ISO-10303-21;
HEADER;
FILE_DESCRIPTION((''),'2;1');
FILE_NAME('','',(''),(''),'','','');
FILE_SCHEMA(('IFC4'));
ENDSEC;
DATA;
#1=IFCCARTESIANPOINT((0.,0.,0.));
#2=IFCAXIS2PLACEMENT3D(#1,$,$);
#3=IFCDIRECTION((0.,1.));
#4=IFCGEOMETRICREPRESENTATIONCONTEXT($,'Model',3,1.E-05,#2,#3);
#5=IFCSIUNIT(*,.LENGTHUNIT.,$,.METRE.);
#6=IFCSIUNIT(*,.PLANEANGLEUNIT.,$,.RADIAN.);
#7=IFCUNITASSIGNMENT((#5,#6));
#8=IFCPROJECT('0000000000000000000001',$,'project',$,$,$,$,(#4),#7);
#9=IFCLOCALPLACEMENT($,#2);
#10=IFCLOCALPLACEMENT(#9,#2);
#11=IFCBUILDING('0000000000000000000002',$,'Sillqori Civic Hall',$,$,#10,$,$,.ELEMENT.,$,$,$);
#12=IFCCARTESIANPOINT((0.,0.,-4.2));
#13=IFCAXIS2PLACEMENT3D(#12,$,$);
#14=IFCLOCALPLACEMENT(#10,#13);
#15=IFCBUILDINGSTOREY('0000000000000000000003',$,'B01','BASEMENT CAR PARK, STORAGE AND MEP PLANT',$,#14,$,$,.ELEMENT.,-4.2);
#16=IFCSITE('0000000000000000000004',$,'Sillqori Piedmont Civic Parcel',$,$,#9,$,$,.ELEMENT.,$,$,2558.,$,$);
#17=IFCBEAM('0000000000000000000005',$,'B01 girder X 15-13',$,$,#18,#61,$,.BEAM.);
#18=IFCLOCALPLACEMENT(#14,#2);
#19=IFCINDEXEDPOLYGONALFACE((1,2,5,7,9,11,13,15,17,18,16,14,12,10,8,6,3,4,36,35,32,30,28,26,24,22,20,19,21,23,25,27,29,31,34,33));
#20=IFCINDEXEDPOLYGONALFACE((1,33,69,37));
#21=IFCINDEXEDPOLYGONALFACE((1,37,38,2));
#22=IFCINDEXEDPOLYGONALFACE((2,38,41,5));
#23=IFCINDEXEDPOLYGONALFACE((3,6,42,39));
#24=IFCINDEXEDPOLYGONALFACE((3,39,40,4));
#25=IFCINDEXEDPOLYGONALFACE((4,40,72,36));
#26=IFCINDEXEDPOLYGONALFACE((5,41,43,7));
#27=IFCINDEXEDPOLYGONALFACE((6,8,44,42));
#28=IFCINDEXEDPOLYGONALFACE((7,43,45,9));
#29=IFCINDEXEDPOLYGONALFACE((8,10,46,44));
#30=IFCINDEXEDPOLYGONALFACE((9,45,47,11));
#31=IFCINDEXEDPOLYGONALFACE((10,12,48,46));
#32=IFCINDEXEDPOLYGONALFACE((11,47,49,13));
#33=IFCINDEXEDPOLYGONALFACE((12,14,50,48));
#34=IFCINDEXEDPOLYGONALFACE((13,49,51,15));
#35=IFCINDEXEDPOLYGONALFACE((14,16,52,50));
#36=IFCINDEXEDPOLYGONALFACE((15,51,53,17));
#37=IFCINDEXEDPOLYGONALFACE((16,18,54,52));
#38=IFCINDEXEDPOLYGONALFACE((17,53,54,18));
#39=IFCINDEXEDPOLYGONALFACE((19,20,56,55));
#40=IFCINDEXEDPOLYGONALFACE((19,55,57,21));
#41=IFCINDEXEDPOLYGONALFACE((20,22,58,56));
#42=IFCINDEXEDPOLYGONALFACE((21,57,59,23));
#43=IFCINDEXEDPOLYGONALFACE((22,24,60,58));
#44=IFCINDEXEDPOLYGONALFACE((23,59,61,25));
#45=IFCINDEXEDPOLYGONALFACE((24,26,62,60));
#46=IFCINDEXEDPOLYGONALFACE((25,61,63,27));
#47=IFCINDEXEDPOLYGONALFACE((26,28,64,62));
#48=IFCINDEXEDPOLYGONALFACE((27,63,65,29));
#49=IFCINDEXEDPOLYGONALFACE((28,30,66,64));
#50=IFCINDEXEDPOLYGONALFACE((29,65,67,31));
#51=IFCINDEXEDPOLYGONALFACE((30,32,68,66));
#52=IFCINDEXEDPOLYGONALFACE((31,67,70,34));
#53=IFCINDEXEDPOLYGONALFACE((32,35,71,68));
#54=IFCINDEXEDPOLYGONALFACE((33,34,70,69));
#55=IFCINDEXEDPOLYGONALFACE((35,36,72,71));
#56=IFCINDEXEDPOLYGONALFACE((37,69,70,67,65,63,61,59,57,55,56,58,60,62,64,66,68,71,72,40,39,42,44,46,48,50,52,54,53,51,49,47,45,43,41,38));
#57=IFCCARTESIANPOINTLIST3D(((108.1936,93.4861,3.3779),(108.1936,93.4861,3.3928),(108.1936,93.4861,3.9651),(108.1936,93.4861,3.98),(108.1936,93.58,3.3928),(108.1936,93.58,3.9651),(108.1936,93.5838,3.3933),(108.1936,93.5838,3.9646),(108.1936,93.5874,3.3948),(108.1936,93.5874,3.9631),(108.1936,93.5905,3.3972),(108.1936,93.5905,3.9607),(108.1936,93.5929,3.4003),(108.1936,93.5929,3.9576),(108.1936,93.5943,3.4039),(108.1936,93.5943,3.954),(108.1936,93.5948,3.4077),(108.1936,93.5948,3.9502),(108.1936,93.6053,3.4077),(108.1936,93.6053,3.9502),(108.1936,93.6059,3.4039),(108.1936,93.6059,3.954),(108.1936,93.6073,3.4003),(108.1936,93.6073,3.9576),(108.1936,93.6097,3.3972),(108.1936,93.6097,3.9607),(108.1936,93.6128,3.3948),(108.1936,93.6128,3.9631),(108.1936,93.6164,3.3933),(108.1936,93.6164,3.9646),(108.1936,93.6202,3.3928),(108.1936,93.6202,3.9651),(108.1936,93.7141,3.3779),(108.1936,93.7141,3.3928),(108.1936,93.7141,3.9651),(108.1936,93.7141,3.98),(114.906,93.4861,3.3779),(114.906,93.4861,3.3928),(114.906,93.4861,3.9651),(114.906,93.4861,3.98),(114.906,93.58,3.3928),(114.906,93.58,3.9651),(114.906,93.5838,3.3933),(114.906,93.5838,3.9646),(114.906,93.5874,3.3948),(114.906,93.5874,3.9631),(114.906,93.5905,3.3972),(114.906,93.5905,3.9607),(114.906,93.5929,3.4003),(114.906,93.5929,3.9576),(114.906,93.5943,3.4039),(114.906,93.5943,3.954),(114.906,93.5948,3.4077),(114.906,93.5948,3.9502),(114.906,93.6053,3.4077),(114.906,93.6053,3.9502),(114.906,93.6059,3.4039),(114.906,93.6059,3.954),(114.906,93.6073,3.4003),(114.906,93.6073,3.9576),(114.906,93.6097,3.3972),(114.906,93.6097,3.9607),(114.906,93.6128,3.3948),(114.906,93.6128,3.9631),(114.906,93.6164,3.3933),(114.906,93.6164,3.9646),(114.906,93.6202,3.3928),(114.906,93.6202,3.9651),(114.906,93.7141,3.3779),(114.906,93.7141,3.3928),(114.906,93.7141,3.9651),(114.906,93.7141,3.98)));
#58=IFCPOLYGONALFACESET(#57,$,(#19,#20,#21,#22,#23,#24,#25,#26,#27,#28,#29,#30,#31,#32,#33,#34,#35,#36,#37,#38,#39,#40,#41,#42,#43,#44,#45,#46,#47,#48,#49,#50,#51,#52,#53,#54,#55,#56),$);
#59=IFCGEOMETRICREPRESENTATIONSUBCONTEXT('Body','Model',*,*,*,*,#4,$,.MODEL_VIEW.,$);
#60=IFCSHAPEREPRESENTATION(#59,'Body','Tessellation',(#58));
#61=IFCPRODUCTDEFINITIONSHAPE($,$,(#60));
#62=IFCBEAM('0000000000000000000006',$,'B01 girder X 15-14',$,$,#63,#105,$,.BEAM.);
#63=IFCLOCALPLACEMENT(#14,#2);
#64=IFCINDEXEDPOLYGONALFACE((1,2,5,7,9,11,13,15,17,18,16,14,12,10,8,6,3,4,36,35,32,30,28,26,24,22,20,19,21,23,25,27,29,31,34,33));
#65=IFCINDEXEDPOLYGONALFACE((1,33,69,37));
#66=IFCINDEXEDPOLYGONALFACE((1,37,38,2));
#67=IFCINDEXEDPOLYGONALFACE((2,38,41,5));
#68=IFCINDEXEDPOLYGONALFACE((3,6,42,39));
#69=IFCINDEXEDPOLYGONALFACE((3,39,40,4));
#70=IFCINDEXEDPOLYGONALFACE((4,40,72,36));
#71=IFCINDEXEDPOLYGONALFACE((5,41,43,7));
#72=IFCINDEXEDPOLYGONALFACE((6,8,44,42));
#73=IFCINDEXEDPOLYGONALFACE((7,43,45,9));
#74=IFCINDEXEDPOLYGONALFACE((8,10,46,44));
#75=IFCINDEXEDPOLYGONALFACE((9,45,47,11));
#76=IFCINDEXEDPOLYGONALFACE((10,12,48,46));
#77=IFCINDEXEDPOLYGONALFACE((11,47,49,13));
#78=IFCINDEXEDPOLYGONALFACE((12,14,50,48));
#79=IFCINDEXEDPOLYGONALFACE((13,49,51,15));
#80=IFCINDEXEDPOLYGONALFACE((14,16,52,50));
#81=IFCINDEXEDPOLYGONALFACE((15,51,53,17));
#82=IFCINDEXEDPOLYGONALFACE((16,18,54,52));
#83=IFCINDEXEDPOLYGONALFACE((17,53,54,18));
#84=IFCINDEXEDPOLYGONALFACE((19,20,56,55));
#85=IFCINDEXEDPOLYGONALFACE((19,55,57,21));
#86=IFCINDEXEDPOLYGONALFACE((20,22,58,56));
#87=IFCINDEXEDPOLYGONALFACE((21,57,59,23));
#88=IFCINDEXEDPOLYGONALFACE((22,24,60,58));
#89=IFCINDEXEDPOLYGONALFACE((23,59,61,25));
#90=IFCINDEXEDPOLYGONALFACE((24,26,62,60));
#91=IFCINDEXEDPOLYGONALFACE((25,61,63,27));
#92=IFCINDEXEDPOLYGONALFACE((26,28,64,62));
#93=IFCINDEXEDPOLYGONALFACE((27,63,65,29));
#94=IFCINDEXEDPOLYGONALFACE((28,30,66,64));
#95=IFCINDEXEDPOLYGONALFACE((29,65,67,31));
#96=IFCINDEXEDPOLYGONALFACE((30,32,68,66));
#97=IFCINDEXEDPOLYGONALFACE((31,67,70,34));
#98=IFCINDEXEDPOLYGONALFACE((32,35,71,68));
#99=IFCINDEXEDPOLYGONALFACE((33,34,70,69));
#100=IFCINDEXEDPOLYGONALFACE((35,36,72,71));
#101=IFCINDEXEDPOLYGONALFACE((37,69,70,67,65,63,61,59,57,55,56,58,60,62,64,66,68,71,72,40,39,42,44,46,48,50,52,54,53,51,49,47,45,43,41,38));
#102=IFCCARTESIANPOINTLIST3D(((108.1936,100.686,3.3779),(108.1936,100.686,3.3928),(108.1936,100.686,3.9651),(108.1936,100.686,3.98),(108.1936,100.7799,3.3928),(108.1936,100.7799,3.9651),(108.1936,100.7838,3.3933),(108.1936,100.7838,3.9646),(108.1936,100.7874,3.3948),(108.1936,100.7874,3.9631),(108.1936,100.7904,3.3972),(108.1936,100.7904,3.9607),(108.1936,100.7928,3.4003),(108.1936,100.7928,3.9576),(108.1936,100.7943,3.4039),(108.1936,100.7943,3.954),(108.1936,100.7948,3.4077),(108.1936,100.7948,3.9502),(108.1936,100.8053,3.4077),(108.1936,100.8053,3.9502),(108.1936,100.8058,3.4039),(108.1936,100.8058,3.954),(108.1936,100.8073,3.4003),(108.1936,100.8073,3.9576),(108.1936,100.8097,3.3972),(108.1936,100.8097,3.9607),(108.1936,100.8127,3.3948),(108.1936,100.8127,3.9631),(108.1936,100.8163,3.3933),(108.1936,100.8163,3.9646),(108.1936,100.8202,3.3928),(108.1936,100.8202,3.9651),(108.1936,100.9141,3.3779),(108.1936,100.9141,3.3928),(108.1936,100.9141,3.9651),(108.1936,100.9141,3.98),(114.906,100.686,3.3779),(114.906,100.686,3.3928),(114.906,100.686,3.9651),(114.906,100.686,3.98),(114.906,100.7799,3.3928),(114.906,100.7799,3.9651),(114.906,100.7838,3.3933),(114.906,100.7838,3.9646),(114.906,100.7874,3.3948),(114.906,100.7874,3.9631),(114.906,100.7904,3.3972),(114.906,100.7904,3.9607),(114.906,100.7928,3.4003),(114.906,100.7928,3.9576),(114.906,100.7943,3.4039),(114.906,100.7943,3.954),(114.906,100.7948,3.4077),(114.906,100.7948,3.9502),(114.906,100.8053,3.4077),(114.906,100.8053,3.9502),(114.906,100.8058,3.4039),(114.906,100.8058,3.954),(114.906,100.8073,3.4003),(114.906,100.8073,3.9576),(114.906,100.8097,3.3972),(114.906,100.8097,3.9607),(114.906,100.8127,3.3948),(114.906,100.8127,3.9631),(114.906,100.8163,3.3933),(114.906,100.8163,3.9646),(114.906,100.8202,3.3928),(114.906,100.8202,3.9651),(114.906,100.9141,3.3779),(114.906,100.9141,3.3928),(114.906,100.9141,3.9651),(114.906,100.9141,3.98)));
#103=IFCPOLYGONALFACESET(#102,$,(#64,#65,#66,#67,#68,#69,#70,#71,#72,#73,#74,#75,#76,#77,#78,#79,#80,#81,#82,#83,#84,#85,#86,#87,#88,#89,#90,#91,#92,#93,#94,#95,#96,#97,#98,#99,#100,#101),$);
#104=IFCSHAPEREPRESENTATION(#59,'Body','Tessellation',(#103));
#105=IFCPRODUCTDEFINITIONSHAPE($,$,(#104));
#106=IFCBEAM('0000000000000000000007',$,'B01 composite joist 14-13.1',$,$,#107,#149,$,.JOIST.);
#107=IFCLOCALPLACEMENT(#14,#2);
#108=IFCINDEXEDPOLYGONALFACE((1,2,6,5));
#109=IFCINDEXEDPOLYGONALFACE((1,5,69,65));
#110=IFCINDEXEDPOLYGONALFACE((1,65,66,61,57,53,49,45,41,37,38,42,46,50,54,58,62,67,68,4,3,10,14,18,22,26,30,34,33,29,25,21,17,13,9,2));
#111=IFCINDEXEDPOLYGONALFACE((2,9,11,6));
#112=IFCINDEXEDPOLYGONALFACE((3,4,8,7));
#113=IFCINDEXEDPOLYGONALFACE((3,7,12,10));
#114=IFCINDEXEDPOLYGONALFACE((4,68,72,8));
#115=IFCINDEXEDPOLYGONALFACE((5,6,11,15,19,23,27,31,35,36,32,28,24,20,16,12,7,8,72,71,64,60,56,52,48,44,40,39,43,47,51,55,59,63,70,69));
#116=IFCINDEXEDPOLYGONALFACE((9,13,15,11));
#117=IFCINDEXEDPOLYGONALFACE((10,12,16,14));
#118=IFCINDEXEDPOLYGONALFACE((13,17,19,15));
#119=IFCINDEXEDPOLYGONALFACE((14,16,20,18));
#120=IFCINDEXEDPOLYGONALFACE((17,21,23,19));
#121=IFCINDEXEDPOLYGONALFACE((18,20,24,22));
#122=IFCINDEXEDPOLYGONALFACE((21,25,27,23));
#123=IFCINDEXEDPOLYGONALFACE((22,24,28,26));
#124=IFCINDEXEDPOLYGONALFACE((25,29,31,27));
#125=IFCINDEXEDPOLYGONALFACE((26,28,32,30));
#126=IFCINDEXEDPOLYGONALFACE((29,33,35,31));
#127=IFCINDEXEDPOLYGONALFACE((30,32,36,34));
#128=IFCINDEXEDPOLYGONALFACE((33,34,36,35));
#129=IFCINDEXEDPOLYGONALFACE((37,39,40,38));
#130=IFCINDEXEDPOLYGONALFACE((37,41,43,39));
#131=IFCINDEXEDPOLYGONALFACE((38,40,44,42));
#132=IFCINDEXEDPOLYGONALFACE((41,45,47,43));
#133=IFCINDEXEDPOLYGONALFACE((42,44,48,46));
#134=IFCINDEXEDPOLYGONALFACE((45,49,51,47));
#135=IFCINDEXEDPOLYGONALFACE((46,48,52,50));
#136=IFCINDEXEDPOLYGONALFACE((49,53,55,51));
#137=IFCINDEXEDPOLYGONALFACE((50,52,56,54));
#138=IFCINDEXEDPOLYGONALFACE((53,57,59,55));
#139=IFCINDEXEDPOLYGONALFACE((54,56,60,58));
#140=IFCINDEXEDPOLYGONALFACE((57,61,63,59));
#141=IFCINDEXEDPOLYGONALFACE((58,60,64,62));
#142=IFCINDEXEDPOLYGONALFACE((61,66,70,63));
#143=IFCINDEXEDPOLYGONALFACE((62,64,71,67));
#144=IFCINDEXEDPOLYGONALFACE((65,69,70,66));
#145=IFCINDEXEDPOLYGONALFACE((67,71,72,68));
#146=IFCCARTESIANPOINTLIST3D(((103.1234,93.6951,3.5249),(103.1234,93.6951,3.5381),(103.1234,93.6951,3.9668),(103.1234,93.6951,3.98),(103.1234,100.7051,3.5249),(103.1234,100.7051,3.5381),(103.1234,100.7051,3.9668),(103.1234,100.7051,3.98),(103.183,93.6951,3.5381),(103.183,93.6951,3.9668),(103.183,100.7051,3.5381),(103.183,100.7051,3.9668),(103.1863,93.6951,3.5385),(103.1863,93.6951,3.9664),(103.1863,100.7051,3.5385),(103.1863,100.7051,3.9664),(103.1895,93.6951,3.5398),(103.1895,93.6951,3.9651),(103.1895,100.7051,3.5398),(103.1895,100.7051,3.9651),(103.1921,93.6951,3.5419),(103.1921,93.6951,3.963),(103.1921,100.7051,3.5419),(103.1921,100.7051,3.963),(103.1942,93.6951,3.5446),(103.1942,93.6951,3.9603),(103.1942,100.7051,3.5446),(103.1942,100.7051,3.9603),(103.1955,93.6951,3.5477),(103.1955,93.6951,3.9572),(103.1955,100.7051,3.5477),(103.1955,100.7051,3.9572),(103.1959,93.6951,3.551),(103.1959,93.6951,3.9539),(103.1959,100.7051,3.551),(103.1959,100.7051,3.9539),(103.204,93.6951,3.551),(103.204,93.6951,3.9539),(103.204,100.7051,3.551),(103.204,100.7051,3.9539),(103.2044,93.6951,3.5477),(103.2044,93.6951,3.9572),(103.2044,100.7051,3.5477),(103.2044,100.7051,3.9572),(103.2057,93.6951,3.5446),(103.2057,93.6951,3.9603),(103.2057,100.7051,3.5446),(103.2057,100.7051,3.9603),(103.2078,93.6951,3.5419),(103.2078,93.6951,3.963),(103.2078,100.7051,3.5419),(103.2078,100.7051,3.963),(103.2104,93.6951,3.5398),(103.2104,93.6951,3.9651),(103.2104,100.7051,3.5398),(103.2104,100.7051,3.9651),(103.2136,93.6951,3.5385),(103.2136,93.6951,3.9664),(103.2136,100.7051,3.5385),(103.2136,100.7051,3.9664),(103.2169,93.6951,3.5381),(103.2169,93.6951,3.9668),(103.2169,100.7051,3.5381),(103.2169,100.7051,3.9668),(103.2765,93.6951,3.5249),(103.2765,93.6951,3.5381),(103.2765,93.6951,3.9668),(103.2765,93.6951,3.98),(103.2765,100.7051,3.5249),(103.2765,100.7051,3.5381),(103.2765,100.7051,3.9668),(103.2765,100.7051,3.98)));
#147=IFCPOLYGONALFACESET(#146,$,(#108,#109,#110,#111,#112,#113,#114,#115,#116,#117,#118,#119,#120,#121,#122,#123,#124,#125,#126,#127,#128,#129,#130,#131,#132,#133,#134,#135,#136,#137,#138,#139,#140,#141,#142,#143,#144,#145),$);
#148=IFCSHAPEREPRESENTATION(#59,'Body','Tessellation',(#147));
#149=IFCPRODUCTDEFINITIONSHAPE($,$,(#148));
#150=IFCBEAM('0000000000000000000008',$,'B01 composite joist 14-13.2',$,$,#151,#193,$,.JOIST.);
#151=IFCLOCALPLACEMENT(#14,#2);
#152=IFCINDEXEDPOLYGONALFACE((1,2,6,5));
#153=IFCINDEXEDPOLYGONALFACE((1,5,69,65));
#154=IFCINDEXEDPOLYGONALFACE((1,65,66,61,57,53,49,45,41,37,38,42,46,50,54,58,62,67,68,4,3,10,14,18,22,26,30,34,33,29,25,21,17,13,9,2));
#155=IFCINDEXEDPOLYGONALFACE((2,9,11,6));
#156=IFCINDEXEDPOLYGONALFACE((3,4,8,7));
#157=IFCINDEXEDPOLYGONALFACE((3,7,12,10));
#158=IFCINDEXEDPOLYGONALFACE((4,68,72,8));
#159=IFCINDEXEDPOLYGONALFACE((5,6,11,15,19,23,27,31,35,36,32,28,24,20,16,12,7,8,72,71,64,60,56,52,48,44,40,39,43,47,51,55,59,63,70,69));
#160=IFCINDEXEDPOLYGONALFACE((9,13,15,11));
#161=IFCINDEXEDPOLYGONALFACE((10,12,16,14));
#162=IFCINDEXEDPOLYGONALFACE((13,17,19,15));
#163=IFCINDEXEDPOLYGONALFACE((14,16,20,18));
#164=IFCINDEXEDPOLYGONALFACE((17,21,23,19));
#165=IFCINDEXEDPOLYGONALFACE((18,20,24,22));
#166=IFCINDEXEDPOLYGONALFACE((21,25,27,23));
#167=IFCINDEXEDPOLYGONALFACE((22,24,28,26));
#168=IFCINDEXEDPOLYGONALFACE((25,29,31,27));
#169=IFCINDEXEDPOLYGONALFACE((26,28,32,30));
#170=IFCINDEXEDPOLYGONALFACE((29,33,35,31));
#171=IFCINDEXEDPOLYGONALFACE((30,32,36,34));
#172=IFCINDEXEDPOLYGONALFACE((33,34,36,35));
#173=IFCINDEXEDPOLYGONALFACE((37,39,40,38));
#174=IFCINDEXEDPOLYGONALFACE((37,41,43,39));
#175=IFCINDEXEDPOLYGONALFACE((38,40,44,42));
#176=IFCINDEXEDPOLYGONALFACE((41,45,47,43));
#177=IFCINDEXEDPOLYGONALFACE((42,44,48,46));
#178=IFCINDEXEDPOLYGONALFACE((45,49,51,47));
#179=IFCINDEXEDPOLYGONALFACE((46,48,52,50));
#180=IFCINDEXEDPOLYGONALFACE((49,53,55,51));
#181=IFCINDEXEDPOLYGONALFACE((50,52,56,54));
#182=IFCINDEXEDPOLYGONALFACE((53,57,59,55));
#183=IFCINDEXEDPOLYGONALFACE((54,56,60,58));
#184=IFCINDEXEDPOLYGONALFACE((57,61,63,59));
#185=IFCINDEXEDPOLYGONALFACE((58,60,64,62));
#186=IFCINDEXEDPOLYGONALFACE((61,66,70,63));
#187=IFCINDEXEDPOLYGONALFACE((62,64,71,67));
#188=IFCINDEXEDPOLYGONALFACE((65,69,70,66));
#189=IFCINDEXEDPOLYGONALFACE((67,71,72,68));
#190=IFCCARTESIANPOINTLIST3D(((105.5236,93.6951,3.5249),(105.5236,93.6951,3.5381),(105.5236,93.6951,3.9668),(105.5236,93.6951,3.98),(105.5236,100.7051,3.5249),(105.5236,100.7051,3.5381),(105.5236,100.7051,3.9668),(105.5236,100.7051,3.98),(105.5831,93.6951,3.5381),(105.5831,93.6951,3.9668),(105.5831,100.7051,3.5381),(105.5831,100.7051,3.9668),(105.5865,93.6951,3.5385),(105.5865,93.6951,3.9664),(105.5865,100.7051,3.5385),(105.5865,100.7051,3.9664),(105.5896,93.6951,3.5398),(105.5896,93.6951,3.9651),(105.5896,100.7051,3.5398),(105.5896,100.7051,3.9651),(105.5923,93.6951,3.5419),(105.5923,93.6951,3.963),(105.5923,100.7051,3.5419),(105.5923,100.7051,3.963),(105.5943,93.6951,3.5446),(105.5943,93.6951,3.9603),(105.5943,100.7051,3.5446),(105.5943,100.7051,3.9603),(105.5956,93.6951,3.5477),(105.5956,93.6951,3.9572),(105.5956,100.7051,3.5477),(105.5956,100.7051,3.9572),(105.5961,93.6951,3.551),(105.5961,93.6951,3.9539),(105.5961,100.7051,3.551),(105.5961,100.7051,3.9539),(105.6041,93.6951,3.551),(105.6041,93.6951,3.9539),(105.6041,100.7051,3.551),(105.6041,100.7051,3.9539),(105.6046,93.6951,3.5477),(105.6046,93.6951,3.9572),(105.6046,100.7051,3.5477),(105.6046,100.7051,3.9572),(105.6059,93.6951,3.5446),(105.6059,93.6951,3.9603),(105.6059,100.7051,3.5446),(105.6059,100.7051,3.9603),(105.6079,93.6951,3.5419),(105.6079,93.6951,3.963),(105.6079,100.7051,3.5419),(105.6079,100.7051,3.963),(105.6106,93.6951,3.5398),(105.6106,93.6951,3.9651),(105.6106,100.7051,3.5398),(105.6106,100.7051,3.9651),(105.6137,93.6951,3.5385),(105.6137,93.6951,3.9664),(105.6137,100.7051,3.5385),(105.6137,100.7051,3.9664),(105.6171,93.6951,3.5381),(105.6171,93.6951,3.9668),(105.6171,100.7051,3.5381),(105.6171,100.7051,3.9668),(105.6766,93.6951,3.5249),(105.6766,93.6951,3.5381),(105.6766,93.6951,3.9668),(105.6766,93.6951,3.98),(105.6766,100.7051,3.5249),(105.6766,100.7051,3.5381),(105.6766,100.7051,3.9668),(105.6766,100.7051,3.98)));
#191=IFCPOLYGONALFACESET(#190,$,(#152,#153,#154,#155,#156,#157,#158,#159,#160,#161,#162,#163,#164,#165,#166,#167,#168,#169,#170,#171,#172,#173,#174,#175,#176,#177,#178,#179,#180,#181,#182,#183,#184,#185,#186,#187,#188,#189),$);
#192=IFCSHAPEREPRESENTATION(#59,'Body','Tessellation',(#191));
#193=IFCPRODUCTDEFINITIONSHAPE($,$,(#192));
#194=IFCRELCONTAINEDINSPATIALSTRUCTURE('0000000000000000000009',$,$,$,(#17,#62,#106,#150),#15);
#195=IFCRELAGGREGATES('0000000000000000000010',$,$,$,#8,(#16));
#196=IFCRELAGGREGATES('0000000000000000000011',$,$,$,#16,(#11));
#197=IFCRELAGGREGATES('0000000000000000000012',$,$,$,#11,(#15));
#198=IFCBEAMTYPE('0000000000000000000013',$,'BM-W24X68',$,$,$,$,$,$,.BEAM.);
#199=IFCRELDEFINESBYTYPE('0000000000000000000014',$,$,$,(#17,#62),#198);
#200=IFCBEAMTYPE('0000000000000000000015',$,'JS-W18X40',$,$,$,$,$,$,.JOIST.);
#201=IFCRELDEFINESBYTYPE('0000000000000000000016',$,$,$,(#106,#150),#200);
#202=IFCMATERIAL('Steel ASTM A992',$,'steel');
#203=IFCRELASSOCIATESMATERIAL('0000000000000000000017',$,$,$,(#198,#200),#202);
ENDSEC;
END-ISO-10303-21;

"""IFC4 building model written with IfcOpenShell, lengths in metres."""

from ifc_helpers import new_model, si_unit, direction, frame, origin, origin_2d, place, context, subcontext, project, spatial, i_section, extrude, material, material_profile, profile_set, type_object, element, save


model = new_model("IFC4")

# Units and contexts
model_context = context("Model", 3, precision=1e-05, world=origin(), true_north=direction((0.0, 1.0)))
body_context = subcontext(model_context, "Body", "Model", "MODEL_VIEW")
ifc_project = project(units=[si_unit("LENGTHUNIT", "METRE"), si_unit("PLANEANGLEUNIT", "RADIAN")], contexts=[model_context])

# Site, building, storey
site_placement = place(None, origin())
site = spatial("IfcSite", under=ifc_project, at=site_placement, Name="Sillqori Piedmont Civic Parcel", CompositionType="ELEMENT", RefElevation=2558.0)
building_placement = place(site_placement, origin())
building = spatial("IfcBuilding", under=site, at=building_placement, Name="Sillqori Civic Hall", CompositionType="ELEMENT")
storey_placement = place(building_placement, frame((0.0, 0.0, -4.2)))
storey = spatial("IfcBuildingStorey", under=building, at=storey_placement, Name="B01", Description="BASEMENT CAR PARK, STORAGE AND MEP PLANT", CompositionType="ELEMENT", Elevation=-4.2)

# Shared definitions
ifc_material_1 = material(Name="Steel ASTM A992", Category="steel")

# Beams
ifc_material_profile_1 = material_profile(ifc_material_1, i_section(OverallWidth=0.228, OverallDepth=0.6021, WebThickness=0.0105, FlangeThickness=0.0149, FilletRadius=0.0149, at=origin_2d()), Name="W24X68")
ifc_profile_set_1 = profile_set([ifc_material_profile_1], Name="Steel ASTM A992")
beam_type_1 = type_object("IfcBeamType", Name="BM-W24X68", PredefinedType="BEAM", material=ifc_profile_set_1)
for number, where, z_axis, x_axis, name in (
    (1, (108.1936, 93.6001, 3.679), (1.0, 0.0, 0.0), (0.0, 1.0, 0.0), "B01 girder X 15-13"),
    (2, (108.1936, 100.8, 3.679), (1.0, 0.0, 0.0), (0.0, 1.0, 0.0), "B01 girder X 15-14"),
):
    element("IfcBeam", number, at=place(storey_placement, frame(where, z_axis=z_axis, x_axis=x_axis)), inside=storey, type_object=beam_type_1, Name=name, PredefinedType="BEAM", context=body_context, shape_type="SweptSolid", body=[
        extrude(i_section(OverallWidth=0.228, OverallDepth=0.6021, WebThickness=0.0105, FlangeThickness=0.0149, FilletRadius=0.0149, at=origin_2d()), origin(), (0.0, 0.0, 1.0), 6.7124),
    ])
ifc_material_profile_2 = material_profile(ifc_material_1, i_section(OverallWidth=0.1531, OverallDepth=0.4551, WebThickness=0.0081, FlangeThickness=0.0132, FilletRadius=0.0129, at=origin_2d()), Name="W18X40")
ifc_profile_set_2 = profile_set([ifc_material_profile_2], Name="Steel ASTM A992")
beam_type_2 = type_object("IfcBeamType", Name="JS-W18X40", PredefinedType="JOIST", material=ifc_profile_set_2)
for number, where, z_axis, x_axis, name in (
    (3, (103.2, 93.6951, 3.7524), (0.0, 1.0, 0.0), (-1.0, 0.0, 0.0), "B01 composite joist 14-13.1"),
    (4, (105.6001, 93.6951, 3.7524), (0.0, 1.0, 0.0), (-1.0, 0.0, 0.0), "B01 composite joist 14-13.2"),
):
    element("IfcBeam", number, at=place(storey_placement, frame(where, z_axis=z_axis, x_axis=x_axis)), inside=storey, type_object=beam_type_2, Name=name, PredefinedType="JOIST", context=body_context, shape_type="SweptSolid", body=[
        extrude(i_section(OverallWidth=0.1531, OverallDepth=0.4551, WebThickness=0.0081, FlangeThickness=0.0132, FilletRadius=0.0129, at=origin_2d()), origin(), (0.0, 0.0, 1.0), 7.01),
    ])

save(model, "model.ifc")
